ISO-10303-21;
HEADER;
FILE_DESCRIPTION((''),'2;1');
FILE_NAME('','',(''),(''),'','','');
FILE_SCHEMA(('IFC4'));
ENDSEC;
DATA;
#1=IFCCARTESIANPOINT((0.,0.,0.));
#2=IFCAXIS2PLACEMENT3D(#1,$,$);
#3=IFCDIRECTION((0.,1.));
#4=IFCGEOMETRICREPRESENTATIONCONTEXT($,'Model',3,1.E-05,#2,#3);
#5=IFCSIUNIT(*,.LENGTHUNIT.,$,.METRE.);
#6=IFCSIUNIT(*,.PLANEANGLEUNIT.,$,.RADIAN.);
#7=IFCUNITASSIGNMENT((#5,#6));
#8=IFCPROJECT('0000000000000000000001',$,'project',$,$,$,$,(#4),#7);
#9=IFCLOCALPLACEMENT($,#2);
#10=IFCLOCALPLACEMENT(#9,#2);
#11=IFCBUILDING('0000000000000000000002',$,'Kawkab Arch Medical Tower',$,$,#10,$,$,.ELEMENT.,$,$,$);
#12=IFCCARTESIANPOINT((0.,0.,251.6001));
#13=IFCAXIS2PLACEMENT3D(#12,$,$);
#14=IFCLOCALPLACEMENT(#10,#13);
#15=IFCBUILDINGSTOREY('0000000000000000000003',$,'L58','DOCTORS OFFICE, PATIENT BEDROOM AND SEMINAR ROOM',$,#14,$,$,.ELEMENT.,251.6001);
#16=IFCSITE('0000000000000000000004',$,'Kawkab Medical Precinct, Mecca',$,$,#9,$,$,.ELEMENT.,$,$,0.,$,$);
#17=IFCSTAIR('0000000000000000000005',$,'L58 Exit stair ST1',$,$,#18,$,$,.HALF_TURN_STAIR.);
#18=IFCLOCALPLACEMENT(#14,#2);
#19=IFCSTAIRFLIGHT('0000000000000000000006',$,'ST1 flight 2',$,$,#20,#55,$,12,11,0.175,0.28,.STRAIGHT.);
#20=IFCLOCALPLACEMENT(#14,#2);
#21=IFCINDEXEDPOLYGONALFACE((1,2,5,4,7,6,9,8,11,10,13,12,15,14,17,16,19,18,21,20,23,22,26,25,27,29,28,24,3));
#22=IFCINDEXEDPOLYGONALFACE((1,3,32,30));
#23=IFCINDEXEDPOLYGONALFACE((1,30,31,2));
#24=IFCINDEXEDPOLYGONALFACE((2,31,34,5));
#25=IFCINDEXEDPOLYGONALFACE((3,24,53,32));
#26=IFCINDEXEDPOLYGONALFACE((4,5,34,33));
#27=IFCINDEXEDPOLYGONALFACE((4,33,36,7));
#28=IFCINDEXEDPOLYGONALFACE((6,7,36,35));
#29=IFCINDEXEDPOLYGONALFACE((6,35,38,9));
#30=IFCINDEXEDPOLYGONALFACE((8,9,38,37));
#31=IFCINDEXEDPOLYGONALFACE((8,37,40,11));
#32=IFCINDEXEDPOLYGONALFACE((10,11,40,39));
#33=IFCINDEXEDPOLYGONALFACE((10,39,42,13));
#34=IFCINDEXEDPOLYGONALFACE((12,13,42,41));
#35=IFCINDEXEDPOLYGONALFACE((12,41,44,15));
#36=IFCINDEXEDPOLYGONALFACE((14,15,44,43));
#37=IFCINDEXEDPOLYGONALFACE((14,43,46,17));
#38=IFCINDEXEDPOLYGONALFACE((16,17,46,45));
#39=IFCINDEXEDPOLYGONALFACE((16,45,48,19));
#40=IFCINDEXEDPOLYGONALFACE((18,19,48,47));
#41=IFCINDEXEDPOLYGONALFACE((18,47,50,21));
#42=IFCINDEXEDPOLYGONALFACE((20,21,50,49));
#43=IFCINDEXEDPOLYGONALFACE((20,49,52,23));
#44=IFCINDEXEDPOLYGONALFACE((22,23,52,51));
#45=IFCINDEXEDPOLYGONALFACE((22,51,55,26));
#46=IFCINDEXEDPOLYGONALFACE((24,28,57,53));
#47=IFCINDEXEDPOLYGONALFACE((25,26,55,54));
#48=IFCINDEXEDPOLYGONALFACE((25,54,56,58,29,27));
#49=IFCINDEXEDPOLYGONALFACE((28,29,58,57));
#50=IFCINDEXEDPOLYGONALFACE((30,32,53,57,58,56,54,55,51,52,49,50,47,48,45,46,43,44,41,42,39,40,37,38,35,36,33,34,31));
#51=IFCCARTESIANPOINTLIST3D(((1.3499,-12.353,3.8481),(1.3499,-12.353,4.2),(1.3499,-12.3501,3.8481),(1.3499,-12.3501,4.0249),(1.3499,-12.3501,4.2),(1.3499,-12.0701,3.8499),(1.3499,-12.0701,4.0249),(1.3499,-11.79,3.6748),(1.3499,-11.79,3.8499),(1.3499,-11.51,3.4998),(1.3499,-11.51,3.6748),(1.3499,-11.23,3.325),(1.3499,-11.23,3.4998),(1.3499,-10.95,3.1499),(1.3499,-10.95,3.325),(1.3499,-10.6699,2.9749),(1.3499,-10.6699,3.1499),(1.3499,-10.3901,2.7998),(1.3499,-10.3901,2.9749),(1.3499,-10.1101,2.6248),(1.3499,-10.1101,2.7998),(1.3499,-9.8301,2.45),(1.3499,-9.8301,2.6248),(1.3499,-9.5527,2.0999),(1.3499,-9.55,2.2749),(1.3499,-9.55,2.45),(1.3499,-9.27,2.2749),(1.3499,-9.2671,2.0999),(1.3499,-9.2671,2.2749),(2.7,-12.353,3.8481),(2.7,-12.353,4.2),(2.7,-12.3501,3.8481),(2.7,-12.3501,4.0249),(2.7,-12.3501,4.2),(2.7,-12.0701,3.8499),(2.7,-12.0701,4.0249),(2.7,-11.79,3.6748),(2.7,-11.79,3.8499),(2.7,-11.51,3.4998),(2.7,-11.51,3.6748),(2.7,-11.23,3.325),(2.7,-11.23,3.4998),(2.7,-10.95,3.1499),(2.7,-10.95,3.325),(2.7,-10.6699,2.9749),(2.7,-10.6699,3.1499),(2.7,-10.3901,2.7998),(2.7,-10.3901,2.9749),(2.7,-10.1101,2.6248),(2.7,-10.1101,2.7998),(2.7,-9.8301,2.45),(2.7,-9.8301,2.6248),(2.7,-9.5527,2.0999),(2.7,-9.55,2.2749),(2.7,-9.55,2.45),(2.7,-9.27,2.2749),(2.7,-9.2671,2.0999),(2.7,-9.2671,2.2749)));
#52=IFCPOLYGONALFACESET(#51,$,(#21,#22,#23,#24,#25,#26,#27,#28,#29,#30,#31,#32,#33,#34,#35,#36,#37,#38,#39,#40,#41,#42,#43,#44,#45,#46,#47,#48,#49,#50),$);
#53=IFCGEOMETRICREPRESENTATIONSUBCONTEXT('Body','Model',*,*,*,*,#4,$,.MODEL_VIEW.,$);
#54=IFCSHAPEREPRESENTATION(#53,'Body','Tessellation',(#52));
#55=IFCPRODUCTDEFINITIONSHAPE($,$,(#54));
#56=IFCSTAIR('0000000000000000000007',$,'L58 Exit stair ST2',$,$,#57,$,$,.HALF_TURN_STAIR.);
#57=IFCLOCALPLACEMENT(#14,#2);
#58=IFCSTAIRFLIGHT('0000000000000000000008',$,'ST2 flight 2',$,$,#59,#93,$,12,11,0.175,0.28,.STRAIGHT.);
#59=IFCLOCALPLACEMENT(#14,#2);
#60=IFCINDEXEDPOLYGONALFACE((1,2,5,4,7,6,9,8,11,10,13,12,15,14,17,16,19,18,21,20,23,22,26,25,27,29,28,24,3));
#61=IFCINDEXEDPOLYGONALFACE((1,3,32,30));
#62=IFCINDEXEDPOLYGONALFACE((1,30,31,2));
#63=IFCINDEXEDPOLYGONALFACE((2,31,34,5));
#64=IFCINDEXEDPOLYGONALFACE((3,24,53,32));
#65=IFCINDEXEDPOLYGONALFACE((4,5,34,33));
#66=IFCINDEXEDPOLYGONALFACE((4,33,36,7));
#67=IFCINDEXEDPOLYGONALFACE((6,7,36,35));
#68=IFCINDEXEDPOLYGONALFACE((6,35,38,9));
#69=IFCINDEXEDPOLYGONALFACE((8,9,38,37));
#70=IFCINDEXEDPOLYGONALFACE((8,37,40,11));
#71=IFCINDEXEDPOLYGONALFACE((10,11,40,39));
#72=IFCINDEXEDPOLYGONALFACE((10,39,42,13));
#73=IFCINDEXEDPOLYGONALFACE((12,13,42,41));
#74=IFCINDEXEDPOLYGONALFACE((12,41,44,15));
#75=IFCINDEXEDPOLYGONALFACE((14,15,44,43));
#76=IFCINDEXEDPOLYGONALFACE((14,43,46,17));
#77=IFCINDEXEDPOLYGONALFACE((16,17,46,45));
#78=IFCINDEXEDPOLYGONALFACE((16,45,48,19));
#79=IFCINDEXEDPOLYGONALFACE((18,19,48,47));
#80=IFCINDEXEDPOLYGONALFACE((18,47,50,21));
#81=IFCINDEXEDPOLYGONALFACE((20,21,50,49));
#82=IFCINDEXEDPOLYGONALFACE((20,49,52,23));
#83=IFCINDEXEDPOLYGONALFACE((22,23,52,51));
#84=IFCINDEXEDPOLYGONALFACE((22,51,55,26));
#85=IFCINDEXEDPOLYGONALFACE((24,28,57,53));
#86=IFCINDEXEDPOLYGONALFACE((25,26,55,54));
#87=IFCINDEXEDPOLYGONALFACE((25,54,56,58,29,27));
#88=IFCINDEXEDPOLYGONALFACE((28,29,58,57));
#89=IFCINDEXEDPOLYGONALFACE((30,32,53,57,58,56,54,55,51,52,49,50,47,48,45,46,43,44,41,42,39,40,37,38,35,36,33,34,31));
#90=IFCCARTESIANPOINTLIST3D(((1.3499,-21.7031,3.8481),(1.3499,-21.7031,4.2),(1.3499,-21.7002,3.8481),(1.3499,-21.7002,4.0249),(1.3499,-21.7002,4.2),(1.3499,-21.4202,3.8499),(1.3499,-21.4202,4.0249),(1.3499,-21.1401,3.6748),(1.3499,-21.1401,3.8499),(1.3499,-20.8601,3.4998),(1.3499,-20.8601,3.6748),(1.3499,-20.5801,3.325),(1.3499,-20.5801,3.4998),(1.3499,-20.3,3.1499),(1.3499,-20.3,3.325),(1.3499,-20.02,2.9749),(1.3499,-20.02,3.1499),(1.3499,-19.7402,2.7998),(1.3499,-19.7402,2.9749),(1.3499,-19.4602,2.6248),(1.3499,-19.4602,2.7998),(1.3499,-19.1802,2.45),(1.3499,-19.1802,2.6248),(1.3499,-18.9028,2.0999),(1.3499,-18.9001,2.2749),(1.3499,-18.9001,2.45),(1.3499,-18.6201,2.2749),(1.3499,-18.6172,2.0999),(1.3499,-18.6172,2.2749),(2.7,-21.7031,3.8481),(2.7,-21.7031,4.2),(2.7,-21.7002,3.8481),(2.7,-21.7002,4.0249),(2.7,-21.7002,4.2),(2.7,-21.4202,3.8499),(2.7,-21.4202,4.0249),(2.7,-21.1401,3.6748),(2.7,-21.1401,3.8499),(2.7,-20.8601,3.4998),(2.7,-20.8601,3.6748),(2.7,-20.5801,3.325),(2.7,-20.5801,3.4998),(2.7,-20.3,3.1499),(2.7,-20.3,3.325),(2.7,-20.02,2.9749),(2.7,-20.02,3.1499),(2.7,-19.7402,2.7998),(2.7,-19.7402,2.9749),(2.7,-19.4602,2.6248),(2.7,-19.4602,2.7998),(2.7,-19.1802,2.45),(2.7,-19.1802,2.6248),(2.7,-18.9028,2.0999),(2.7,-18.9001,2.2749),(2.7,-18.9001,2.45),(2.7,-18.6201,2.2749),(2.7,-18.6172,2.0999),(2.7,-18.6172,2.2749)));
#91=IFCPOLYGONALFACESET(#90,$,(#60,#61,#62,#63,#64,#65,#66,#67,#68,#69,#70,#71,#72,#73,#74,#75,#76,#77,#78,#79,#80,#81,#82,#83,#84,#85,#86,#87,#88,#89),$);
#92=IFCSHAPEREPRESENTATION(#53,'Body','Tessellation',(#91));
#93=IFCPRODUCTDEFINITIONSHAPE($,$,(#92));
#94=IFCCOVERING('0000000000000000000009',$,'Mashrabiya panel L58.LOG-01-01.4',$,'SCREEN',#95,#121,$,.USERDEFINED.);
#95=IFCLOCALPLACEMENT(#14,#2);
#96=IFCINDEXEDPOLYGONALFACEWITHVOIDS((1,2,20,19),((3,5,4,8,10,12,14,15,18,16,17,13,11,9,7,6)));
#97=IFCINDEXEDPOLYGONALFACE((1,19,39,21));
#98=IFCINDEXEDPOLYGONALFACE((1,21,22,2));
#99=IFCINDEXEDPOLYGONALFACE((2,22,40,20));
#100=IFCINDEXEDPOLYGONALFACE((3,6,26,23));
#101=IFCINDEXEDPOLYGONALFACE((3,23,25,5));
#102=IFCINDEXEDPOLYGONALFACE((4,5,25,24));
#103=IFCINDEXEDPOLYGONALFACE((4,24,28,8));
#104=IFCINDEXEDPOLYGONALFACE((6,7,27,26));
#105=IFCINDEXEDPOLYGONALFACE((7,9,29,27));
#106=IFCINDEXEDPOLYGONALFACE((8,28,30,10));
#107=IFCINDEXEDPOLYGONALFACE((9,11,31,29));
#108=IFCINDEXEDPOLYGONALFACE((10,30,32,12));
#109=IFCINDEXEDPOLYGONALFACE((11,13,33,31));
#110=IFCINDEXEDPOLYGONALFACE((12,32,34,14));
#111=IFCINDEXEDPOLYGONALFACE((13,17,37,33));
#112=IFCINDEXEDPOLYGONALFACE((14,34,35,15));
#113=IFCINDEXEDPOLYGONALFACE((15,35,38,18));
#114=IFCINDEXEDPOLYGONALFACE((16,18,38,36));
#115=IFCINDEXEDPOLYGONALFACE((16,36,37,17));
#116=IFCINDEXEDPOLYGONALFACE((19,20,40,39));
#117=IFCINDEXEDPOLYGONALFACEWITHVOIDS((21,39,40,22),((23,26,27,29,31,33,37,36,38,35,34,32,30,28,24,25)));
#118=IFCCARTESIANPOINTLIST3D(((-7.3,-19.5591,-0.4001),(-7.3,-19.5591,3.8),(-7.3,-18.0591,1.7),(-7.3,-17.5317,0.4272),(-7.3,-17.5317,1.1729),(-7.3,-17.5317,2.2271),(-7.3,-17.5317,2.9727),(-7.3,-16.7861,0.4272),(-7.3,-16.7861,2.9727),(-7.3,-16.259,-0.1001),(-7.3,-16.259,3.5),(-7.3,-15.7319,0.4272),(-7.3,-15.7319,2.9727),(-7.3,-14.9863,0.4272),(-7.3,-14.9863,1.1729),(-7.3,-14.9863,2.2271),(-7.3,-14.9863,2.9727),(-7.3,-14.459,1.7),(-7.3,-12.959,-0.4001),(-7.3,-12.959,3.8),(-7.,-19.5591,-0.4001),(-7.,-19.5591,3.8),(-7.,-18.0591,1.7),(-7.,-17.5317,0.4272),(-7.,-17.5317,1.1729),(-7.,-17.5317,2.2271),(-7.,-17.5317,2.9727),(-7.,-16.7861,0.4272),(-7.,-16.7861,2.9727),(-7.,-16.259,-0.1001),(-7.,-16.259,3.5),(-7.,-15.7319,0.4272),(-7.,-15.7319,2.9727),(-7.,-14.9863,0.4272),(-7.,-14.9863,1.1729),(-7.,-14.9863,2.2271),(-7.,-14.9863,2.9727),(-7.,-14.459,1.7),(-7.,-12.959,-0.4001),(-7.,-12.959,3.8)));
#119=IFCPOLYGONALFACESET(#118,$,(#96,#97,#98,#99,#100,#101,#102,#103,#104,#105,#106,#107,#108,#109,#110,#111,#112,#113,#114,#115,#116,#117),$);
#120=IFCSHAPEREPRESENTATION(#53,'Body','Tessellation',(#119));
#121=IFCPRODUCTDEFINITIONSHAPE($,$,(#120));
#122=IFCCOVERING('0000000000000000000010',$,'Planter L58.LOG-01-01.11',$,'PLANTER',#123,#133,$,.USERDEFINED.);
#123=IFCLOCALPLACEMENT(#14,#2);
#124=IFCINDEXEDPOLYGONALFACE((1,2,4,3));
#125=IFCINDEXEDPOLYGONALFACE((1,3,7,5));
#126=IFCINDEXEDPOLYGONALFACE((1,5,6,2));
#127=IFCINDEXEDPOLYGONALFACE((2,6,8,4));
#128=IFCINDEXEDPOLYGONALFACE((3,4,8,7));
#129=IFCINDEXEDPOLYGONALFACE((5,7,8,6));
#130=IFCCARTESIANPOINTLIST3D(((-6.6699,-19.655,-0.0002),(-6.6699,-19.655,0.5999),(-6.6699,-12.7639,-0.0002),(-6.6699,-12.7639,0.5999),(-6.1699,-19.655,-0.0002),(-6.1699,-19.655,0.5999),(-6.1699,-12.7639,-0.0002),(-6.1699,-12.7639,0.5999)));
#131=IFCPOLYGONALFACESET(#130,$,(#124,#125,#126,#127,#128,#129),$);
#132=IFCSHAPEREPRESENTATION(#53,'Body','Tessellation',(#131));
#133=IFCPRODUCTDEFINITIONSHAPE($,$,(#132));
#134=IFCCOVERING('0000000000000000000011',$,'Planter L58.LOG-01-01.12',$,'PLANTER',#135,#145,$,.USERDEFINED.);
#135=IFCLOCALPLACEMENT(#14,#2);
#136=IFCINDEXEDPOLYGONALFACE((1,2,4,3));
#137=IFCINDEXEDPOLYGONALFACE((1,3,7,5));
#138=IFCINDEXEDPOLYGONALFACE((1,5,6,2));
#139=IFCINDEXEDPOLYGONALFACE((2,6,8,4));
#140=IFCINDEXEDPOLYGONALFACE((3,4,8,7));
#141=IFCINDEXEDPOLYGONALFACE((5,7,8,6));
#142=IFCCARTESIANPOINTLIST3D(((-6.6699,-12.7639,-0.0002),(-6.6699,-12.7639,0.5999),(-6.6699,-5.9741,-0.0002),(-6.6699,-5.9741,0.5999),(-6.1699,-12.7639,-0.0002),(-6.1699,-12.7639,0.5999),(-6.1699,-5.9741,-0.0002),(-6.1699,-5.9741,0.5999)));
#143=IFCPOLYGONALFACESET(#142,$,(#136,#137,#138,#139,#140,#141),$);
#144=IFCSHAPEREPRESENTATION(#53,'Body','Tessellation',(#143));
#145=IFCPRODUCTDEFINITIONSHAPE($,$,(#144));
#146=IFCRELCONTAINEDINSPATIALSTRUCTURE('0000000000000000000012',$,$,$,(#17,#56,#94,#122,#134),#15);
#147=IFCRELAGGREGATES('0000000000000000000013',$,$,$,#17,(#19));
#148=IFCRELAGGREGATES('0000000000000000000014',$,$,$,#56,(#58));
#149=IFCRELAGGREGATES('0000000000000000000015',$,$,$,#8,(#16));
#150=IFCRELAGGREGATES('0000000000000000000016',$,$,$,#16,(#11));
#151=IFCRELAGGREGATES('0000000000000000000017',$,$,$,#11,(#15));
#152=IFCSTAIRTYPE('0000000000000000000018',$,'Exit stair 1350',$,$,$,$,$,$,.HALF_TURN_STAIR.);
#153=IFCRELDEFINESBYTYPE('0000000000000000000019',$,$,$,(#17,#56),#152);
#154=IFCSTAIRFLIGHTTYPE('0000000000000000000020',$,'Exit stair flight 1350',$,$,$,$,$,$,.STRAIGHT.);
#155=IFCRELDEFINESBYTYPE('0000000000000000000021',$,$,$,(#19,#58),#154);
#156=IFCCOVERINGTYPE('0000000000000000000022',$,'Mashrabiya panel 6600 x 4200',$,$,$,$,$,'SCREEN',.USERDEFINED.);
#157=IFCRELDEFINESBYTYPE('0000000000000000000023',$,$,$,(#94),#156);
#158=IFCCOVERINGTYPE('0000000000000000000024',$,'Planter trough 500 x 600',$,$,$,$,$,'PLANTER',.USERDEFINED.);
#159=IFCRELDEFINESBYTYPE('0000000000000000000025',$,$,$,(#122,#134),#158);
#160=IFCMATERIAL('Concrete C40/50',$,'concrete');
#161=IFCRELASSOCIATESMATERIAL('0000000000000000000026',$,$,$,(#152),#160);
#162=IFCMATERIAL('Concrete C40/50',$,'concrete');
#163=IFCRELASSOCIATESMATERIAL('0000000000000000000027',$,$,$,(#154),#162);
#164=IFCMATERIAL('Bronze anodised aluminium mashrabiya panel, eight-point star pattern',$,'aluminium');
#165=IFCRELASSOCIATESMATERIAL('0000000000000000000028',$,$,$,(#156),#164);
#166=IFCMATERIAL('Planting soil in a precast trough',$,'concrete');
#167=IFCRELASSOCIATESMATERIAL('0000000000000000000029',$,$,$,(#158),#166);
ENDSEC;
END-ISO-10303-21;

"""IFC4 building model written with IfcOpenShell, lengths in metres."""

from ifc_helpers import new_model, si_unit, direction, frame, origin, origin_2d, place, context, subcontext, project, spatial, polyline, rectangle, outline, extrude, material, material_profile, profile_set, type_object, element, aggregate, save


model = new_model("IFC4")

# Units and contexts
model_context = context("Model", 3, precision=1e-05, world=origin(), true_north=direction((0.0, 1.0)))
body_context = subcontext(model_context, "Body", "Model", "MODEL_VIEW")
ifc_project = project(units=[si_unit("LENGTHUNIT", "METRE"), si_unit("PLANEANGLEUNIT", "RADIAN")], contexts=[model_context])

# Site, building, storey
site_placement = place(None, origin())
site = spatial("IfcSite", under=ifc_project, at=site_placement, Name="Kawkab Medical Precinct, Mecca", CompositionType="ELEMENT", RefElevation=0.0)
building_placement = place(site_placement, origin())
building = spatial("IfcBuilding", under=site, at=building_placement, Name="Kawkab Arch Medical Tower", CompositionType="ELEMENT")
storey_placement = place(building_placement, frame((0.0, 0.0, 251.6001)))
storey = spatial("IfcBuildingStorey", under=building, at=storey_placement, Name="L58", Description="DOCTORS OFFICE, PATIENT BEDROOM AND SEMINAR ROOM", CompositionType="ELEMENT", Elevation=251.6001)

# Shared definitions
placement = place(storey_placement, origin())

# Stairs, stair flights
ifc_material_1 = material(Name="Concrete C40/50", Category="concrete")
stair_type = type_object("IfcStairType", Name="Exit stair 1350", PredefinedType="HALF_TURN_STAIR", material=ifc_material_1)
stair_1 = element("IfcStair", 1, at=placement, inside=storey, type_object=stair_type, Name="L58 Exit stair ST1", PredefinedType="HALF_TURN_STAIR")
ifc_material_2 = material(Name="Concrete C40/50", Category="concrete")
stair_flight_type = type_object("IfcStairFlightType", Name="Exit stair flight 1350", PredefinedType="STRAIGHT", material=ifc_material_2)
stair_flight_1_placement = place(storey_placement, frame((2.0249, -9.27, 2.0999), z_axis=(0.0, 0.0, 1.0), x_axis=(0.0, -1.0, 0.0)))
stair_flight_1 = element("IfcStairFlight", 2, at=stair_flight_1_placement, type_object=stair_flight_type, Name="ST1 flight 2", NumberOfRisers=12, NumberOfTreads=11, PredefinedType="STRAIGHT", RiserHeight=0.175, TreadLength=0.28, context=body_context, shape_type="SweptSolid", body=[
    extrude(outline(polyline([(-0.0029, 0.0), (-0.0029, 0.175), (0.0, 0.175), (0.28, 0.175), (0.28, 0.3501), (0.5601, 0.3501), (0.5601, 0.5249), (0.8401, 0.5249), (0.8401, 0.7), (1.1201, 0.7), (1.1201, 0.875), (1.3999, 0.875), (1.3999, 1.05), (1.6799, 1.05), (1.6799, 1.2251), (1.96, 1.2251), (1.96, 1.3999), (2.24, 1.3999), (2.24, 1.575), (2.52, 1.575), (2.52, 1.75), (2.8, 1.75), (2.8, 1.925), (3.0801, 1.925), (3.0801, 2.1001), (3.083, 2.1001), (3.083, 1.7483), (3.0801, 1.7483), (0.2827, 0.0), (-0.0029, 0.0)])), frame((0.0, 0.675, 0.0), z_axis=(0.0, -1.0, 0.0), x_axis=(1.0, 0.0, 0.0)), (0.0, 0.0, 1.0), 1.3501),
])
aggregate(stair_1, [stair_flight_1])
stair_2 = element("IfcStair", 3, at=placement, inside=storey, type_object=stair_type, Name="L58 Exit stair ST2", PredefinedType="HALF_TURN_STAIR")
stair_flight_2_placement = place(storey_placement, frame((2.0249, -18.6201, 2.0999), z_axis=(0.0, 0.0, 1.0), x_axis=(0.0, -1.0, 0.0)))
stair_flight_2 = element("IfcStairFlight", 4, at=stair_flight_2_placement, type_object=stair_flight_type, Name="ST2 flight 2", NumberOfRisers=12, NumberOfTreads=11, PredefinedType="STRAIGHT", RiserHeight=0.175, TreadLength=0.28, context=body_context, shape_type="SweptSolid", body=[
    extrude(outline(polyline([(-0.0029, 0.0), (-0.0029, 0.175), (0.0, 0.175), (0.28, 0.175), (0.28, 0.3501), (0.5601, 0.3501), (0.5601, 0.5249), (0.8401, 0.5249), (0.8401, 0.7), (1.1201, 0.7), (1.1201, 0.875), (1.3999, 0.875), (1.3999, 1.05), (1.6799, 1.05), (1.6799, 1.2251), (1.96, 1.2251), (1.96, 1.3999), (2.24, 1.3999), (2.24, 1.575), (2.52, 1.575), (2.52, 1.75), (2.8, 1.75), (2.8, 1.925), (3.0801, 1.925), (3.0801, 2.1001), (3.083, 2.1001), (3.083, 1.7483), (3.0801, 1.7483), (0.2827, 0.0), (-0.0029, 0.0)])), frame((0.0, 0.675, 0.0), z_axis=(0.0, -1.0, 0.0), x_axis=(1.0, 0.0, 0.0)), (0.0, 0.0, 1.0), 1.3501),
])
aggregate(stair_2, [stair_flight_2])

# Coverings
ifc_material_3 = material(Name="Bronze anodised aluminium mashrabiya panel, eight-point star pattern", Category="aluminium")
ifc_material_profile_1 = material_profile(ifc_material_3, outline(polyline([(-3.3, -2.1001), (3.3, -2.1001), (3.3, 2.1001), (-3.3, 2.1001), (-3.3, -2.1001)]), holes=[polyline([(1.8, 0.0), (1.2727, 0.5271), (1.2727, 1.2727), (0.5271, 1.2727), (0.0, 1.8), (-0.5271, 1.2727), (-1.2727, 1.2727), (-1.2727, 0.5271), (-1.8, 0.0), (-1.2727, -0.5271), (-1.2727, -1.2727), (-0.5271, -1.2727), (0.0, -1.8), (0.5271, -1.2727), (1.2727, -1.2727), (1.2727, -0.5271), (1.8, 0.0)])]), Name="Mashrabiya panel 6600x4200")
ifc_profile_set_1 = profile_set([ifc_material_profile_1], Name="Bronze anodised aluminium mashrabiya panel, eight-point star pattern")
covering_type_1 = type_object("IfcCoveringType", Name="Mashrabiya panel 6600 x 4200", ElementType="SCREEN", PredefinedType="USERDEFINED", material=ifc_profile_set_1)
covering_1_placement = place(storey_placement, frame((-7.0, -16.259, 1.7), z_axis=(-1.0, 0.0, 0.0), x_axis=(0.0, -1.0, 0.0)))
element("IfcCovering", 5, at=covering_1_placement, inside=storey, type_object=covering_type_1, Name="Mashrabiya panel L58.LOG-01-01.4", ObjectType="SCREEN", PredefinedType="USERDEFINED", context=body_context, shape_type="SweptSolid", body=[
    extrude(outline(polyline([(-3.3, -2.1001), (3.3, -2.1001), (3.3, 2.1001), (-3.3, 2.1001), (-3.3, -2.1001)]), holes=[polyline([(1.8, 0.0), (1.2727, 0.5271), (1.2727, 1.2727), (0.5271, 1.2727), (0.0, 1.8), (-0.5271, 1.2727), (-1.2727, 1.2727), (-1.2727, 0.5271), (-1.8, 0.0), (-1.2727, -0.5271), (-1.2727, -1.2727), (-0.5271, -1.2727), (0.0, -1.8), (0.5271, -1.2727), (1.2727, -1.2727), (1.2727, -0.5271), (1.8, 0.0)])]), origin(), (0.0, 0.0, 1.0), 0.3),
])
ifc_material_4 = material(Name="Planting soil in a precast trough", Category="concrete")
ifc_material_profile_2 = material_profile(ifc_material_4, rectangle(XDim=0.5, YDim=0.6001, at=origin_2d()), Name="Trough 500x600")
ifc_profile_set_2 = profile_set([ifc_material_profile_2], Name="Planting soil in a precast trough")
covering_type_2 = type_object("IfcCoveringType", Name="Planter trough 500 x 600", ElementType="PLANTER", PredefinedType="USERDEFINED", material=ifc_profile_set_2)
covering_2_placement = place(storey_placement, frame((-6.4199, -19.655, 0.2998), z_axis=(0.0, 1.0, 0.0), x_axis=(-1.0, 0.0, 0.0)))
element("IfcCovering", 6, at=covering_2_placement, inside=storey, type_object=covering_type_2, Name="Planter L58.LOG-01-01.11", ObjectType="PLANTER", PredefinedType="USERDEFINED", context=body_context, shape_type="SweptSolid", body=[
    extrude(rectangle(XDim=0.5, YDim=0.6001, at=origin_2d()), origin(), (0.0, 0.0, 1.0), 6.8911),
])
covering_3_placement = place(storey_placement, frame((-6.4199, -12.7639, 0.2998), z_axis=(0.0, 1.0, 0.0), x_axis=(-1.0, 0.0, 0.0)))
element("IfcCovering", 7, at=covering_3_placement, inside=storey, type_object=covering_type_2, Name="Planter L58.LOG-01-01.12", ObjectType="PLANTER", PredefinedType="USERDEFINED", context=body_context, shape_type="SweptSolid", body=[
    extrude(rectangle(XDim=0.5, YDim=0.6001, at=origin_2d()), origin(), (0.0, 0.0, 1.0), 6.7898),
])

save(model, "model.ifc")
